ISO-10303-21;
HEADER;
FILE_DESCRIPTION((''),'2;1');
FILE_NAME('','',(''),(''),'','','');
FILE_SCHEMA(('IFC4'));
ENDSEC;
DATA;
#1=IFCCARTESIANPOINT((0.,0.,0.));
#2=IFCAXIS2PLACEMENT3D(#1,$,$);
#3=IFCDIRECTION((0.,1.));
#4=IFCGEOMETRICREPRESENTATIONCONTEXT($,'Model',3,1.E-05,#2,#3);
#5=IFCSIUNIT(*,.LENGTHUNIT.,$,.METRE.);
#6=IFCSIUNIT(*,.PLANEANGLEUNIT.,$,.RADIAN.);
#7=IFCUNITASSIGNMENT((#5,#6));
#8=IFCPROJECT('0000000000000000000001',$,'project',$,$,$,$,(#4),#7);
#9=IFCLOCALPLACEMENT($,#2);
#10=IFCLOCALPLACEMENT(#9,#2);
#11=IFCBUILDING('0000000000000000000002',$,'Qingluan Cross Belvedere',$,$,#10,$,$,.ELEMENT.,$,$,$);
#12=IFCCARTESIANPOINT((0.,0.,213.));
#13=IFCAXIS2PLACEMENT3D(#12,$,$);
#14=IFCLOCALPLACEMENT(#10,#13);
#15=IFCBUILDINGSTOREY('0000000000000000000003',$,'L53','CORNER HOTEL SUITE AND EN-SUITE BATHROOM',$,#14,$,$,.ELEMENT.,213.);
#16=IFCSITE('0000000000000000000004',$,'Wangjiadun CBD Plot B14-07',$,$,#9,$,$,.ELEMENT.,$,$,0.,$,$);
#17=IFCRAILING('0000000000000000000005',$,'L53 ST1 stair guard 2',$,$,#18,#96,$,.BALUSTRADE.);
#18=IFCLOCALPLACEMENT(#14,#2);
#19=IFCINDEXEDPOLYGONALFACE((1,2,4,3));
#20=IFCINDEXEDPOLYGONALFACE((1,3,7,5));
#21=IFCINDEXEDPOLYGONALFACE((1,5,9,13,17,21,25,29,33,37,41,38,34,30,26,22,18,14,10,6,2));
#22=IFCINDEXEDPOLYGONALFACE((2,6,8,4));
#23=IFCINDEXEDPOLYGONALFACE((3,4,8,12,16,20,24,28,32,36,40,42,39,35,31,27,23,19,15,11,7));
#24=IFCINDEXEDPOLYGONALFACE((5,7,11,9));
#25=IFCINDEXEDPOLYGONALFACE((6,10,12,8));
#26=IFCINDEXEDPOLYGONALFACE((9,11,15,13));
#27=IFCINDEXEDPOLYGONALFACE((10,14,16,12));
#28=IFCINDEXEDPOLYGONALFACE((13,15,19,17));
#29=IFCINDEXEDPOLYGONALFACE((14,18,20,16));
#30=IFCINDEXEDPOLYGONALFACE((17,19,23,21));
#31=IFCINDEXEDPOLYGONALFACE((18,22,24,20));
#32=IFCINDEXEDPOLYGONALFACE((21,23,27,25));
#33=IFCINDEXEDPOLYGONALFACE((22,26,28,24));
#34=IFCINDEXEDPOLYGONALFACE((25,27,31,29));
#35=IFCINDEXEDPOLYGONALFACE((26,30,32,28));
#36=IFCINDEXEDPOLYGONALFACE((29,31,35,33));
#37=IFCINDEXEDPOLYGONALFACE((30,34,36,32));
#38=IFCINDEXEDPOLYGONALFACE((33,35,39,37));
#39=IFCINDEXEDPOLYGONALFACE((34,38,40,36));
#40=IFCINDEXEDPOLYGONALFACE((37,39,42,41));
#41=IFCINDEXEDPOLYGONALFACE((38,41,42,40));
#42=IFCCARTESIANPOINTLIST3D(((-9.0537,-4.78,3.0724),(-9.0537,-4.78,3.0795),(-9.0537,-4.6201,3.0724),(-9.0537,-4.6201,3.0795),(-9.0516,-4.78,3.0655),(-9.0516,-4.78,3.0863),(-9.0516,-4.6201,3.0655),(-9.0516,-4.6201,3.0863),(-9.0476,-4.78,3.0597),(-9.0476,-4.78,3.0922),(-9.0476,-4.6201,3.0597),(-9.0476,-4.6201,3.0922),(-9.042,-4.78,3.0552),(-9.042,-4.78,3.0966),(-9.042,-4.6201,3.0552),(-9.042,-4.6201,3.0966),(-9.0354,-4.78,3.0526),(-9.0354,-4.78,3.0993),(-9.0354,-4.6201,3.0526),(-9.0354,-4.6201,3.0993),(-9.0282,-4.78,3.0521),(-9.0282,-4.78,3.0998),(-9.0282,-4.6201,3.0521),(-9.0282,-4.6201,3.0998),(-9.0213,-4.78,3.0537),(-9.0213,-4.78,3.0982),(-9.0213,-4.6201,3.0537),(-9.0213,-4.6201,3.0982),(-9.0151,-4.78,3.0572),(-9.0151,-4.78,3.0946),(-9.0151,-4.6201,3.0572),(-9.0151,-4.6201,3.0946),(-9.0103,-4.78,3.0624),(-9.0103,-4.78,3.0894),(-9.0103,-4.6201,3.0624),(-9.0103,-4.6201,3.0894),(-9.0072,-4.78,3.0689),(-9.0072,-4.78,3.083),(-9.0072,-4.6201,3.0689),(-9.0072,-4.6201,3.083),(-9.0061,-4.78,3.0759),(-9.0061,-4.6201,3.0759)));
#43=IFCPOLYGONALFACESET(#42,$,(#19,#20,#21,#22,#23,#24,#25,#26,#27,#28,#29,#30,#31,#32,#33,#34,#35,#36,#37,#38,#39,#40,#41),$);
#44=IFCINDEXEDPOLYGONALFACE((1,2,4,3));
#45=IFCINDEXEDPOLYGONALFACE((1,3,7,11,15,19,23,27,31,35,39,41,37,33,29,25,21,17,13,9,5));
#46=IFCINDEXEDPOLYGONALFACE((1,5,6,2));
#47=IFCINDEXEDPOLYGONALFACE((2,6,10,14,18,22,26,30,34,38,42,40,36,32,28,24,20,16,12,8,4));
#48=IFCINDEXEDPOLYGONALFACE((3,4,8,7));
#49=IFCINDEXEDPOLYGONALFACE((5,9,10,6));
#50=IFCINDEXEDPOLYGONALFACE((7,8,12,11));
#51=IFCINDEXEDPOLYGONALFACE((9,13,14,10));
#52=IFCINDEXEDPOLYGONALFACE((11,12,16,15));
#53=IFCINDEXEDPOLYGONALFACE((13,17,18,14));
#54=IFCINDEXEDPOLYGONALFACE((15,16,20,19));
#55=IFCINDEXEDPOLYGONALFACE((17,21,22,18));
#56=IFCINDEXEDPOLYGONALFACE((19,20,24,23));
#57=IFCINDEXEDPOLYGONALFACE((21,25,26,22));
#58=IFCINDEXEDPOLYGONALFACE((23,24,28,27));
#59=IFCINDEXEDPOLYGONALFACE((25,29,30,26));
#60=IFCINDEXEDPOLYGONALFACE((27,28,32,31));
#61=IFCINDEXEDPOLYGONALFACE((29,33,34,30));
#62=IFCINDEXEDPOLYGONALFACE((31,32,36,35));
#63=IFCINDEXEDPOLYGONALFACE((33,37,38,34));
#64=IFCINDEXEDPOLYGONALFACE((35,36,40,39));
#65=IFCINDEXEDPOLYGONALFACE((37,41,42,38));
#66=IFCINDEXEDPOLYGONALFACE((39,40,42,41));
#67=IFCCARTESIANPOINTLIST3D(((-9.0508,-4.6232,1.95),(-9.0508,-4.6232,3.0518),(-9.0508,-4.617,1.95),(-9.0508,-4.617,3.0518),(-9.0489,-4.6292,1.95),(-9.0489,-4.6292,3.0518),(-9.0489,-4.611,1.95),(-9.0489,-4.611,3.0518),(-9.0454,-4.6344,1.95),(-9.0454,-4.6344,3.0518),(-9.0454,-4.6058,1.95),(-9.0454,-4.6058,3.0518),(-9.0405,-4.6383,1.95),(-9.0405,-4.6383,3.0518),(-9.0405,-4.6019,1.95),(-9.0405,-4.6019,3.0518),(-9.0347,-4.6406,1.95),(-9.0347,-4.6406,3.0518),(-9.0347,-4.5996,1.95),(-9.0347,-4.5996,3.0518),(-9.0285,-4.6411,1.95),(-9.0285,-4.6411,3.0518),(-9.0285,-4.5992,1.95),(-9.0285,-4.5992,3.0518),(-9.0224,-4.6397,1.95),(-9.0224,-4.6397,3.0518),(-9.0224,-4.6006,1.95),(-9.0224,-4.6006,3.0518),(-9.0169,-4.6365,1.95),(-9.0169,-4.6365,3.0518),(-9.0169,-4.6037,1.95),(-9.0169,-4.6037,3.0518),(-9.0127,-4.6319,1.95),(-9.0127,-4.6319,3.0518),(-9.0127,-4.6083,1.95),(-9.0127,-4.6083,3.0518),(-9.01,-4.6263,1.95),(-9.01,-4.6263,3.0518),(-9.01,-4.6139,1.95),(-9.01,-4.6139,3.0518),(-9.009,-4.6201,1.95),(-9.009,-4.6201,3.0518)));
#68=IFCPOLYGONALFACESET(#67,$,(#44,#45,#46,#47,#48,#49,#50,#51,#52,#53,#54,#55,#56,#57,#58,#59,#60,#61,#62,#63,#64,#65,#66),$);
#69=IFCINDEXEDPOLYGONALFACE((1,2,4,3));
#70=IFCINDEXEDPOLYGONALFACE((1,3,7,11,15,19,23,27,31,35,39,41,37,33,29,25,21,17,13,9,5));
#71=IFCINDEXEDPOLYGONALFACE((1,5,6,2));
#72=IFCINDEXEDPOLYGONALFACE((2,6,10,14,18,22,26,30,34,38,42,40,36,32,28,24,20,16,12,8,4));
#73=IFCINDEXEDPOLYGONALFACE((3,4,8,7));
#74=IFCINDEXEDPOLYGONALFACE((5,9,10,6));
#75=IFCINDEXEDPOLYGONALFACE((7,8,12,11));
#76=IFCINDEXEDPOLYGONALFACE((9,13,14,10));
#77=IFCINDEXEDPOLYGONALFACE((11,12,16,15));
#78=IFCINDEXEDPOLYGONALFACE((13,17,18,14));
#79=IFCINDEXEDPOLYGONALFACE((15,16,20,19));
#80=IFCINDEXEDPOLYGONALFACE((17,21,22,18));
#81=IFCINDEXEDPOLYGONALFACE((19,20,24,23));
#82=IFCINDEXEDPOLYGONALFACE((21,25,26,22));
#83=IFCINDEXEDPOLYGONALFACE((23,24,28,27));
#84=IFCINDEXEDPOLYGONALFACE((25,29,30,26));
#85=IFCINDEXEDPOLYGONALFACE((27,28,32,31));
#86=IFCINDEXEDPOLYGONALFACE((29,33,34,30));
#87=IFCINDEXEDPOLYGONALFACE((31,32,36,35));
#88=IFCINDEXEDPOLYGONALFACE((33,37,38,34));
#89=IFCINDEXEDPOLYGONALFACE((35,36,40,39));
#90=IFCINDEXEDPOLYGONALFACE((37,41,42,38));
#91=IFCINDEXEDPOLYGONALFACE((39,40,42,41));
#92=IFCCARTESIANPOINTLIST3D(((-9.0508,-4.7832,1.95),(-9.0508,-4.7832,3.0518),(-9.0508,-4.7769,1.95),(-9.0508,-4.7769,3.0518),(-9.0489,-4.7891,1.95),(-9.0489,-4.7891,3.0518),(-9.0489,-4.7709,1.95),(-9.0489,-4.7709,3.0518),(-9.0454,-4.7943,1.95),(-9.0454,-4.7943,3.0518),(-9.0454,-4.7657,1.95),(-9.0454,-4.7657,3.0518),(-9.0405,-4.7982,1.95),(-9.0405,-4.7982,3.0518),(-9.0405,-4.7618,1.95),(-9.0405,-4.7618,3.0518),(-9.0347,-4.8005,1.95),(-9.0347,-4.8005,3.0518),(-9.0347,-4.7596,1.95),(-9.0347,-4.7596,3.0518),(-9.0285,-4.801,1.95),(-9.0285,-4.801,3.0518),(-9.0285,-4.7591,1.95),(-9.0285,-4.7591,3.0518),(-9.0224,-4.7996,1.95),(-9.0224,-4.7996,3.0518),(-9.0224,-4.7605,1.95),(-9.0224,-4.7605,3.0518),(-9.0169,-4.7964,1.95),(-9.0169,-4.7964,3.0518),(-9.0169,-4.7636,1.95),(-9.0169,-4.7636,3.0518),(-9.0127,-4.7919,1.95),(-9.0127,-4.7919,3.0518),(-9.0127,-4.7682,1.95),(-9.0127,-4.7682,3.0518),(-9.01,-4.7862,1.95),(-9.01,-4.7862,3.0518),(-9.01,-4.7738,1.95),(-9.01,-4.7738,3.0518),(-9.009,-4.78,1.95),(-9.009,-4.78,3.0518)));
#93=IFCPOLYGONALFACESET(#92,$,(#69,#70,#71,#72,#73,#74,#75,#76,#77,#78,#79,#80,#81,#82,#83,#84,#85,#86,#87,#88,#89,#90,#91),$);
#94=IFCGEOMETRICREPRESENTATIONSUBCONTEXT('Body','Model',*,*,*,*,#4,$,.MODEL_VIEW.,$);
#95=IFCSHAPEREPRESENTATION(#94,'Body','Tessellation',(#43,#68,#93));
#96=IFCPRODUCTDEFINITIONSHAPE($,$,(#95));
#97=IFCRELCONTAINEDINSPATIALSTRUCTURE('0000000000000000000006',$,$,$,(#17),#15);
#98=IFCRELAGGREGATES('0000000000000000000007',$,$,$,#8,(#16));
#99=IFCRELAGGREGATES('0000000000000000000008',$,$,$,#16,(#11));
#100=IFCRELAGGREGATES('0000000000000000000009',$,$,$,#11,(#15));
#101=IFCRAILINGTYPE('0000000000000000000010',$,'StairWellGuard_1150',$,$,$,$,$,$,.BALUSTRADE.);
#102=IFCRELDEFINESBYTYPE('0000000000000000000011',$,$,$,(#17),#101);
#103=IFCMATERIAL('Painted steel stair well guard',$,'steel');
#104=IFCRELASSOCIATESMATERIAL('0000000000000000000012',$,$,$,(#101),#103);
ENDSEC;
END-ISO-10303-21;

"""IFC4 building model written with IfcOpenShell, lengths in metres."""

from ifc_helpers import new_model, si_unit, direction, frame, origin, origin_2d, place, context, subcontext, project, spatial, circle, extrude, material, type_object, element, save


model = new_model("IFC4")

# Units and contexts
model_context = context("Model", 3, precision=1e-05, world=origin(), true_north=direction((0.0, 1.0)))
body_context = subcontext(model_context, "Body", "Model", "MODEL_VIEW")
ifc_project = project(units=[si_unit("LENGTHUNIT", "METRE"), si_unit("PLANEANGLEUNIT", "RADIAN")], contexts=[model_context])

# Site, building, storey
site_placement = place(None, origin())
site = spatial("IfcSite", under=ifc_project, at=site_placement, Name="Wangjiadun CBD Plot B14-07", CompositionType="ELEMENT", RefElevation=0.0)
building_placement = place(site_placement, origin())
building = spatial("IfcBuilding", under=site, at=building_placement, Name="Qingluan Cross Belvedere", CompositionType="ELEMENT")
storey_placement = place(building_placement, frame((0.0, 0.0, 213.0)))
storey = spatial("IfcBuildingStorey", under=building, at=storey_placement, Name="L53", Description="CORNER HOTEL SUITE AND EN-SUITE BATHROOM", CompositionType="ELEMENT", Elevation=213.0)

# Railing
ifc_material_1 = material(Name="Painted steel stair well guard", Category="steel")
railing_type_1 = type_object("IfcRailingType", Name="StairWellGuard_1150", PredefinedType="BALUSTRADE", material=ifc_material_1)
railing_1_placement = place(storey_placement, frame((-9.03, -4.6201, 1.95)))
element("IfcRailing", 1, at=railing_1_placement, inside=storey, type_object=railing_type_1, Name="L53 ST1 stair guard 2", PredefinedType="BALUSTRADE", context=body_context, shape_type="SweptSolid", body=[
    extrude(circle(Radius=0.0239, at=origin_2d()), frame((0.0, 0.0, 1.126), z_axis=(0.0, -1.0, 0.0), x_axis=(1.0, 0.0, 0.0)), (0.0, 0.0, 1.0), 0.1599),
    extrude(circle(Radius=0.021, at=origin_2d()), origin(), (0.0, 0.0, 1.0), 1.1018),
    extrude(circle(Radius=0.021, at=origin_2d()), frame((0.0, -0.1599, 0.0)), (0.0, 0.0, 1.0), 1.1018),
])

save(model, "model.ifc")
